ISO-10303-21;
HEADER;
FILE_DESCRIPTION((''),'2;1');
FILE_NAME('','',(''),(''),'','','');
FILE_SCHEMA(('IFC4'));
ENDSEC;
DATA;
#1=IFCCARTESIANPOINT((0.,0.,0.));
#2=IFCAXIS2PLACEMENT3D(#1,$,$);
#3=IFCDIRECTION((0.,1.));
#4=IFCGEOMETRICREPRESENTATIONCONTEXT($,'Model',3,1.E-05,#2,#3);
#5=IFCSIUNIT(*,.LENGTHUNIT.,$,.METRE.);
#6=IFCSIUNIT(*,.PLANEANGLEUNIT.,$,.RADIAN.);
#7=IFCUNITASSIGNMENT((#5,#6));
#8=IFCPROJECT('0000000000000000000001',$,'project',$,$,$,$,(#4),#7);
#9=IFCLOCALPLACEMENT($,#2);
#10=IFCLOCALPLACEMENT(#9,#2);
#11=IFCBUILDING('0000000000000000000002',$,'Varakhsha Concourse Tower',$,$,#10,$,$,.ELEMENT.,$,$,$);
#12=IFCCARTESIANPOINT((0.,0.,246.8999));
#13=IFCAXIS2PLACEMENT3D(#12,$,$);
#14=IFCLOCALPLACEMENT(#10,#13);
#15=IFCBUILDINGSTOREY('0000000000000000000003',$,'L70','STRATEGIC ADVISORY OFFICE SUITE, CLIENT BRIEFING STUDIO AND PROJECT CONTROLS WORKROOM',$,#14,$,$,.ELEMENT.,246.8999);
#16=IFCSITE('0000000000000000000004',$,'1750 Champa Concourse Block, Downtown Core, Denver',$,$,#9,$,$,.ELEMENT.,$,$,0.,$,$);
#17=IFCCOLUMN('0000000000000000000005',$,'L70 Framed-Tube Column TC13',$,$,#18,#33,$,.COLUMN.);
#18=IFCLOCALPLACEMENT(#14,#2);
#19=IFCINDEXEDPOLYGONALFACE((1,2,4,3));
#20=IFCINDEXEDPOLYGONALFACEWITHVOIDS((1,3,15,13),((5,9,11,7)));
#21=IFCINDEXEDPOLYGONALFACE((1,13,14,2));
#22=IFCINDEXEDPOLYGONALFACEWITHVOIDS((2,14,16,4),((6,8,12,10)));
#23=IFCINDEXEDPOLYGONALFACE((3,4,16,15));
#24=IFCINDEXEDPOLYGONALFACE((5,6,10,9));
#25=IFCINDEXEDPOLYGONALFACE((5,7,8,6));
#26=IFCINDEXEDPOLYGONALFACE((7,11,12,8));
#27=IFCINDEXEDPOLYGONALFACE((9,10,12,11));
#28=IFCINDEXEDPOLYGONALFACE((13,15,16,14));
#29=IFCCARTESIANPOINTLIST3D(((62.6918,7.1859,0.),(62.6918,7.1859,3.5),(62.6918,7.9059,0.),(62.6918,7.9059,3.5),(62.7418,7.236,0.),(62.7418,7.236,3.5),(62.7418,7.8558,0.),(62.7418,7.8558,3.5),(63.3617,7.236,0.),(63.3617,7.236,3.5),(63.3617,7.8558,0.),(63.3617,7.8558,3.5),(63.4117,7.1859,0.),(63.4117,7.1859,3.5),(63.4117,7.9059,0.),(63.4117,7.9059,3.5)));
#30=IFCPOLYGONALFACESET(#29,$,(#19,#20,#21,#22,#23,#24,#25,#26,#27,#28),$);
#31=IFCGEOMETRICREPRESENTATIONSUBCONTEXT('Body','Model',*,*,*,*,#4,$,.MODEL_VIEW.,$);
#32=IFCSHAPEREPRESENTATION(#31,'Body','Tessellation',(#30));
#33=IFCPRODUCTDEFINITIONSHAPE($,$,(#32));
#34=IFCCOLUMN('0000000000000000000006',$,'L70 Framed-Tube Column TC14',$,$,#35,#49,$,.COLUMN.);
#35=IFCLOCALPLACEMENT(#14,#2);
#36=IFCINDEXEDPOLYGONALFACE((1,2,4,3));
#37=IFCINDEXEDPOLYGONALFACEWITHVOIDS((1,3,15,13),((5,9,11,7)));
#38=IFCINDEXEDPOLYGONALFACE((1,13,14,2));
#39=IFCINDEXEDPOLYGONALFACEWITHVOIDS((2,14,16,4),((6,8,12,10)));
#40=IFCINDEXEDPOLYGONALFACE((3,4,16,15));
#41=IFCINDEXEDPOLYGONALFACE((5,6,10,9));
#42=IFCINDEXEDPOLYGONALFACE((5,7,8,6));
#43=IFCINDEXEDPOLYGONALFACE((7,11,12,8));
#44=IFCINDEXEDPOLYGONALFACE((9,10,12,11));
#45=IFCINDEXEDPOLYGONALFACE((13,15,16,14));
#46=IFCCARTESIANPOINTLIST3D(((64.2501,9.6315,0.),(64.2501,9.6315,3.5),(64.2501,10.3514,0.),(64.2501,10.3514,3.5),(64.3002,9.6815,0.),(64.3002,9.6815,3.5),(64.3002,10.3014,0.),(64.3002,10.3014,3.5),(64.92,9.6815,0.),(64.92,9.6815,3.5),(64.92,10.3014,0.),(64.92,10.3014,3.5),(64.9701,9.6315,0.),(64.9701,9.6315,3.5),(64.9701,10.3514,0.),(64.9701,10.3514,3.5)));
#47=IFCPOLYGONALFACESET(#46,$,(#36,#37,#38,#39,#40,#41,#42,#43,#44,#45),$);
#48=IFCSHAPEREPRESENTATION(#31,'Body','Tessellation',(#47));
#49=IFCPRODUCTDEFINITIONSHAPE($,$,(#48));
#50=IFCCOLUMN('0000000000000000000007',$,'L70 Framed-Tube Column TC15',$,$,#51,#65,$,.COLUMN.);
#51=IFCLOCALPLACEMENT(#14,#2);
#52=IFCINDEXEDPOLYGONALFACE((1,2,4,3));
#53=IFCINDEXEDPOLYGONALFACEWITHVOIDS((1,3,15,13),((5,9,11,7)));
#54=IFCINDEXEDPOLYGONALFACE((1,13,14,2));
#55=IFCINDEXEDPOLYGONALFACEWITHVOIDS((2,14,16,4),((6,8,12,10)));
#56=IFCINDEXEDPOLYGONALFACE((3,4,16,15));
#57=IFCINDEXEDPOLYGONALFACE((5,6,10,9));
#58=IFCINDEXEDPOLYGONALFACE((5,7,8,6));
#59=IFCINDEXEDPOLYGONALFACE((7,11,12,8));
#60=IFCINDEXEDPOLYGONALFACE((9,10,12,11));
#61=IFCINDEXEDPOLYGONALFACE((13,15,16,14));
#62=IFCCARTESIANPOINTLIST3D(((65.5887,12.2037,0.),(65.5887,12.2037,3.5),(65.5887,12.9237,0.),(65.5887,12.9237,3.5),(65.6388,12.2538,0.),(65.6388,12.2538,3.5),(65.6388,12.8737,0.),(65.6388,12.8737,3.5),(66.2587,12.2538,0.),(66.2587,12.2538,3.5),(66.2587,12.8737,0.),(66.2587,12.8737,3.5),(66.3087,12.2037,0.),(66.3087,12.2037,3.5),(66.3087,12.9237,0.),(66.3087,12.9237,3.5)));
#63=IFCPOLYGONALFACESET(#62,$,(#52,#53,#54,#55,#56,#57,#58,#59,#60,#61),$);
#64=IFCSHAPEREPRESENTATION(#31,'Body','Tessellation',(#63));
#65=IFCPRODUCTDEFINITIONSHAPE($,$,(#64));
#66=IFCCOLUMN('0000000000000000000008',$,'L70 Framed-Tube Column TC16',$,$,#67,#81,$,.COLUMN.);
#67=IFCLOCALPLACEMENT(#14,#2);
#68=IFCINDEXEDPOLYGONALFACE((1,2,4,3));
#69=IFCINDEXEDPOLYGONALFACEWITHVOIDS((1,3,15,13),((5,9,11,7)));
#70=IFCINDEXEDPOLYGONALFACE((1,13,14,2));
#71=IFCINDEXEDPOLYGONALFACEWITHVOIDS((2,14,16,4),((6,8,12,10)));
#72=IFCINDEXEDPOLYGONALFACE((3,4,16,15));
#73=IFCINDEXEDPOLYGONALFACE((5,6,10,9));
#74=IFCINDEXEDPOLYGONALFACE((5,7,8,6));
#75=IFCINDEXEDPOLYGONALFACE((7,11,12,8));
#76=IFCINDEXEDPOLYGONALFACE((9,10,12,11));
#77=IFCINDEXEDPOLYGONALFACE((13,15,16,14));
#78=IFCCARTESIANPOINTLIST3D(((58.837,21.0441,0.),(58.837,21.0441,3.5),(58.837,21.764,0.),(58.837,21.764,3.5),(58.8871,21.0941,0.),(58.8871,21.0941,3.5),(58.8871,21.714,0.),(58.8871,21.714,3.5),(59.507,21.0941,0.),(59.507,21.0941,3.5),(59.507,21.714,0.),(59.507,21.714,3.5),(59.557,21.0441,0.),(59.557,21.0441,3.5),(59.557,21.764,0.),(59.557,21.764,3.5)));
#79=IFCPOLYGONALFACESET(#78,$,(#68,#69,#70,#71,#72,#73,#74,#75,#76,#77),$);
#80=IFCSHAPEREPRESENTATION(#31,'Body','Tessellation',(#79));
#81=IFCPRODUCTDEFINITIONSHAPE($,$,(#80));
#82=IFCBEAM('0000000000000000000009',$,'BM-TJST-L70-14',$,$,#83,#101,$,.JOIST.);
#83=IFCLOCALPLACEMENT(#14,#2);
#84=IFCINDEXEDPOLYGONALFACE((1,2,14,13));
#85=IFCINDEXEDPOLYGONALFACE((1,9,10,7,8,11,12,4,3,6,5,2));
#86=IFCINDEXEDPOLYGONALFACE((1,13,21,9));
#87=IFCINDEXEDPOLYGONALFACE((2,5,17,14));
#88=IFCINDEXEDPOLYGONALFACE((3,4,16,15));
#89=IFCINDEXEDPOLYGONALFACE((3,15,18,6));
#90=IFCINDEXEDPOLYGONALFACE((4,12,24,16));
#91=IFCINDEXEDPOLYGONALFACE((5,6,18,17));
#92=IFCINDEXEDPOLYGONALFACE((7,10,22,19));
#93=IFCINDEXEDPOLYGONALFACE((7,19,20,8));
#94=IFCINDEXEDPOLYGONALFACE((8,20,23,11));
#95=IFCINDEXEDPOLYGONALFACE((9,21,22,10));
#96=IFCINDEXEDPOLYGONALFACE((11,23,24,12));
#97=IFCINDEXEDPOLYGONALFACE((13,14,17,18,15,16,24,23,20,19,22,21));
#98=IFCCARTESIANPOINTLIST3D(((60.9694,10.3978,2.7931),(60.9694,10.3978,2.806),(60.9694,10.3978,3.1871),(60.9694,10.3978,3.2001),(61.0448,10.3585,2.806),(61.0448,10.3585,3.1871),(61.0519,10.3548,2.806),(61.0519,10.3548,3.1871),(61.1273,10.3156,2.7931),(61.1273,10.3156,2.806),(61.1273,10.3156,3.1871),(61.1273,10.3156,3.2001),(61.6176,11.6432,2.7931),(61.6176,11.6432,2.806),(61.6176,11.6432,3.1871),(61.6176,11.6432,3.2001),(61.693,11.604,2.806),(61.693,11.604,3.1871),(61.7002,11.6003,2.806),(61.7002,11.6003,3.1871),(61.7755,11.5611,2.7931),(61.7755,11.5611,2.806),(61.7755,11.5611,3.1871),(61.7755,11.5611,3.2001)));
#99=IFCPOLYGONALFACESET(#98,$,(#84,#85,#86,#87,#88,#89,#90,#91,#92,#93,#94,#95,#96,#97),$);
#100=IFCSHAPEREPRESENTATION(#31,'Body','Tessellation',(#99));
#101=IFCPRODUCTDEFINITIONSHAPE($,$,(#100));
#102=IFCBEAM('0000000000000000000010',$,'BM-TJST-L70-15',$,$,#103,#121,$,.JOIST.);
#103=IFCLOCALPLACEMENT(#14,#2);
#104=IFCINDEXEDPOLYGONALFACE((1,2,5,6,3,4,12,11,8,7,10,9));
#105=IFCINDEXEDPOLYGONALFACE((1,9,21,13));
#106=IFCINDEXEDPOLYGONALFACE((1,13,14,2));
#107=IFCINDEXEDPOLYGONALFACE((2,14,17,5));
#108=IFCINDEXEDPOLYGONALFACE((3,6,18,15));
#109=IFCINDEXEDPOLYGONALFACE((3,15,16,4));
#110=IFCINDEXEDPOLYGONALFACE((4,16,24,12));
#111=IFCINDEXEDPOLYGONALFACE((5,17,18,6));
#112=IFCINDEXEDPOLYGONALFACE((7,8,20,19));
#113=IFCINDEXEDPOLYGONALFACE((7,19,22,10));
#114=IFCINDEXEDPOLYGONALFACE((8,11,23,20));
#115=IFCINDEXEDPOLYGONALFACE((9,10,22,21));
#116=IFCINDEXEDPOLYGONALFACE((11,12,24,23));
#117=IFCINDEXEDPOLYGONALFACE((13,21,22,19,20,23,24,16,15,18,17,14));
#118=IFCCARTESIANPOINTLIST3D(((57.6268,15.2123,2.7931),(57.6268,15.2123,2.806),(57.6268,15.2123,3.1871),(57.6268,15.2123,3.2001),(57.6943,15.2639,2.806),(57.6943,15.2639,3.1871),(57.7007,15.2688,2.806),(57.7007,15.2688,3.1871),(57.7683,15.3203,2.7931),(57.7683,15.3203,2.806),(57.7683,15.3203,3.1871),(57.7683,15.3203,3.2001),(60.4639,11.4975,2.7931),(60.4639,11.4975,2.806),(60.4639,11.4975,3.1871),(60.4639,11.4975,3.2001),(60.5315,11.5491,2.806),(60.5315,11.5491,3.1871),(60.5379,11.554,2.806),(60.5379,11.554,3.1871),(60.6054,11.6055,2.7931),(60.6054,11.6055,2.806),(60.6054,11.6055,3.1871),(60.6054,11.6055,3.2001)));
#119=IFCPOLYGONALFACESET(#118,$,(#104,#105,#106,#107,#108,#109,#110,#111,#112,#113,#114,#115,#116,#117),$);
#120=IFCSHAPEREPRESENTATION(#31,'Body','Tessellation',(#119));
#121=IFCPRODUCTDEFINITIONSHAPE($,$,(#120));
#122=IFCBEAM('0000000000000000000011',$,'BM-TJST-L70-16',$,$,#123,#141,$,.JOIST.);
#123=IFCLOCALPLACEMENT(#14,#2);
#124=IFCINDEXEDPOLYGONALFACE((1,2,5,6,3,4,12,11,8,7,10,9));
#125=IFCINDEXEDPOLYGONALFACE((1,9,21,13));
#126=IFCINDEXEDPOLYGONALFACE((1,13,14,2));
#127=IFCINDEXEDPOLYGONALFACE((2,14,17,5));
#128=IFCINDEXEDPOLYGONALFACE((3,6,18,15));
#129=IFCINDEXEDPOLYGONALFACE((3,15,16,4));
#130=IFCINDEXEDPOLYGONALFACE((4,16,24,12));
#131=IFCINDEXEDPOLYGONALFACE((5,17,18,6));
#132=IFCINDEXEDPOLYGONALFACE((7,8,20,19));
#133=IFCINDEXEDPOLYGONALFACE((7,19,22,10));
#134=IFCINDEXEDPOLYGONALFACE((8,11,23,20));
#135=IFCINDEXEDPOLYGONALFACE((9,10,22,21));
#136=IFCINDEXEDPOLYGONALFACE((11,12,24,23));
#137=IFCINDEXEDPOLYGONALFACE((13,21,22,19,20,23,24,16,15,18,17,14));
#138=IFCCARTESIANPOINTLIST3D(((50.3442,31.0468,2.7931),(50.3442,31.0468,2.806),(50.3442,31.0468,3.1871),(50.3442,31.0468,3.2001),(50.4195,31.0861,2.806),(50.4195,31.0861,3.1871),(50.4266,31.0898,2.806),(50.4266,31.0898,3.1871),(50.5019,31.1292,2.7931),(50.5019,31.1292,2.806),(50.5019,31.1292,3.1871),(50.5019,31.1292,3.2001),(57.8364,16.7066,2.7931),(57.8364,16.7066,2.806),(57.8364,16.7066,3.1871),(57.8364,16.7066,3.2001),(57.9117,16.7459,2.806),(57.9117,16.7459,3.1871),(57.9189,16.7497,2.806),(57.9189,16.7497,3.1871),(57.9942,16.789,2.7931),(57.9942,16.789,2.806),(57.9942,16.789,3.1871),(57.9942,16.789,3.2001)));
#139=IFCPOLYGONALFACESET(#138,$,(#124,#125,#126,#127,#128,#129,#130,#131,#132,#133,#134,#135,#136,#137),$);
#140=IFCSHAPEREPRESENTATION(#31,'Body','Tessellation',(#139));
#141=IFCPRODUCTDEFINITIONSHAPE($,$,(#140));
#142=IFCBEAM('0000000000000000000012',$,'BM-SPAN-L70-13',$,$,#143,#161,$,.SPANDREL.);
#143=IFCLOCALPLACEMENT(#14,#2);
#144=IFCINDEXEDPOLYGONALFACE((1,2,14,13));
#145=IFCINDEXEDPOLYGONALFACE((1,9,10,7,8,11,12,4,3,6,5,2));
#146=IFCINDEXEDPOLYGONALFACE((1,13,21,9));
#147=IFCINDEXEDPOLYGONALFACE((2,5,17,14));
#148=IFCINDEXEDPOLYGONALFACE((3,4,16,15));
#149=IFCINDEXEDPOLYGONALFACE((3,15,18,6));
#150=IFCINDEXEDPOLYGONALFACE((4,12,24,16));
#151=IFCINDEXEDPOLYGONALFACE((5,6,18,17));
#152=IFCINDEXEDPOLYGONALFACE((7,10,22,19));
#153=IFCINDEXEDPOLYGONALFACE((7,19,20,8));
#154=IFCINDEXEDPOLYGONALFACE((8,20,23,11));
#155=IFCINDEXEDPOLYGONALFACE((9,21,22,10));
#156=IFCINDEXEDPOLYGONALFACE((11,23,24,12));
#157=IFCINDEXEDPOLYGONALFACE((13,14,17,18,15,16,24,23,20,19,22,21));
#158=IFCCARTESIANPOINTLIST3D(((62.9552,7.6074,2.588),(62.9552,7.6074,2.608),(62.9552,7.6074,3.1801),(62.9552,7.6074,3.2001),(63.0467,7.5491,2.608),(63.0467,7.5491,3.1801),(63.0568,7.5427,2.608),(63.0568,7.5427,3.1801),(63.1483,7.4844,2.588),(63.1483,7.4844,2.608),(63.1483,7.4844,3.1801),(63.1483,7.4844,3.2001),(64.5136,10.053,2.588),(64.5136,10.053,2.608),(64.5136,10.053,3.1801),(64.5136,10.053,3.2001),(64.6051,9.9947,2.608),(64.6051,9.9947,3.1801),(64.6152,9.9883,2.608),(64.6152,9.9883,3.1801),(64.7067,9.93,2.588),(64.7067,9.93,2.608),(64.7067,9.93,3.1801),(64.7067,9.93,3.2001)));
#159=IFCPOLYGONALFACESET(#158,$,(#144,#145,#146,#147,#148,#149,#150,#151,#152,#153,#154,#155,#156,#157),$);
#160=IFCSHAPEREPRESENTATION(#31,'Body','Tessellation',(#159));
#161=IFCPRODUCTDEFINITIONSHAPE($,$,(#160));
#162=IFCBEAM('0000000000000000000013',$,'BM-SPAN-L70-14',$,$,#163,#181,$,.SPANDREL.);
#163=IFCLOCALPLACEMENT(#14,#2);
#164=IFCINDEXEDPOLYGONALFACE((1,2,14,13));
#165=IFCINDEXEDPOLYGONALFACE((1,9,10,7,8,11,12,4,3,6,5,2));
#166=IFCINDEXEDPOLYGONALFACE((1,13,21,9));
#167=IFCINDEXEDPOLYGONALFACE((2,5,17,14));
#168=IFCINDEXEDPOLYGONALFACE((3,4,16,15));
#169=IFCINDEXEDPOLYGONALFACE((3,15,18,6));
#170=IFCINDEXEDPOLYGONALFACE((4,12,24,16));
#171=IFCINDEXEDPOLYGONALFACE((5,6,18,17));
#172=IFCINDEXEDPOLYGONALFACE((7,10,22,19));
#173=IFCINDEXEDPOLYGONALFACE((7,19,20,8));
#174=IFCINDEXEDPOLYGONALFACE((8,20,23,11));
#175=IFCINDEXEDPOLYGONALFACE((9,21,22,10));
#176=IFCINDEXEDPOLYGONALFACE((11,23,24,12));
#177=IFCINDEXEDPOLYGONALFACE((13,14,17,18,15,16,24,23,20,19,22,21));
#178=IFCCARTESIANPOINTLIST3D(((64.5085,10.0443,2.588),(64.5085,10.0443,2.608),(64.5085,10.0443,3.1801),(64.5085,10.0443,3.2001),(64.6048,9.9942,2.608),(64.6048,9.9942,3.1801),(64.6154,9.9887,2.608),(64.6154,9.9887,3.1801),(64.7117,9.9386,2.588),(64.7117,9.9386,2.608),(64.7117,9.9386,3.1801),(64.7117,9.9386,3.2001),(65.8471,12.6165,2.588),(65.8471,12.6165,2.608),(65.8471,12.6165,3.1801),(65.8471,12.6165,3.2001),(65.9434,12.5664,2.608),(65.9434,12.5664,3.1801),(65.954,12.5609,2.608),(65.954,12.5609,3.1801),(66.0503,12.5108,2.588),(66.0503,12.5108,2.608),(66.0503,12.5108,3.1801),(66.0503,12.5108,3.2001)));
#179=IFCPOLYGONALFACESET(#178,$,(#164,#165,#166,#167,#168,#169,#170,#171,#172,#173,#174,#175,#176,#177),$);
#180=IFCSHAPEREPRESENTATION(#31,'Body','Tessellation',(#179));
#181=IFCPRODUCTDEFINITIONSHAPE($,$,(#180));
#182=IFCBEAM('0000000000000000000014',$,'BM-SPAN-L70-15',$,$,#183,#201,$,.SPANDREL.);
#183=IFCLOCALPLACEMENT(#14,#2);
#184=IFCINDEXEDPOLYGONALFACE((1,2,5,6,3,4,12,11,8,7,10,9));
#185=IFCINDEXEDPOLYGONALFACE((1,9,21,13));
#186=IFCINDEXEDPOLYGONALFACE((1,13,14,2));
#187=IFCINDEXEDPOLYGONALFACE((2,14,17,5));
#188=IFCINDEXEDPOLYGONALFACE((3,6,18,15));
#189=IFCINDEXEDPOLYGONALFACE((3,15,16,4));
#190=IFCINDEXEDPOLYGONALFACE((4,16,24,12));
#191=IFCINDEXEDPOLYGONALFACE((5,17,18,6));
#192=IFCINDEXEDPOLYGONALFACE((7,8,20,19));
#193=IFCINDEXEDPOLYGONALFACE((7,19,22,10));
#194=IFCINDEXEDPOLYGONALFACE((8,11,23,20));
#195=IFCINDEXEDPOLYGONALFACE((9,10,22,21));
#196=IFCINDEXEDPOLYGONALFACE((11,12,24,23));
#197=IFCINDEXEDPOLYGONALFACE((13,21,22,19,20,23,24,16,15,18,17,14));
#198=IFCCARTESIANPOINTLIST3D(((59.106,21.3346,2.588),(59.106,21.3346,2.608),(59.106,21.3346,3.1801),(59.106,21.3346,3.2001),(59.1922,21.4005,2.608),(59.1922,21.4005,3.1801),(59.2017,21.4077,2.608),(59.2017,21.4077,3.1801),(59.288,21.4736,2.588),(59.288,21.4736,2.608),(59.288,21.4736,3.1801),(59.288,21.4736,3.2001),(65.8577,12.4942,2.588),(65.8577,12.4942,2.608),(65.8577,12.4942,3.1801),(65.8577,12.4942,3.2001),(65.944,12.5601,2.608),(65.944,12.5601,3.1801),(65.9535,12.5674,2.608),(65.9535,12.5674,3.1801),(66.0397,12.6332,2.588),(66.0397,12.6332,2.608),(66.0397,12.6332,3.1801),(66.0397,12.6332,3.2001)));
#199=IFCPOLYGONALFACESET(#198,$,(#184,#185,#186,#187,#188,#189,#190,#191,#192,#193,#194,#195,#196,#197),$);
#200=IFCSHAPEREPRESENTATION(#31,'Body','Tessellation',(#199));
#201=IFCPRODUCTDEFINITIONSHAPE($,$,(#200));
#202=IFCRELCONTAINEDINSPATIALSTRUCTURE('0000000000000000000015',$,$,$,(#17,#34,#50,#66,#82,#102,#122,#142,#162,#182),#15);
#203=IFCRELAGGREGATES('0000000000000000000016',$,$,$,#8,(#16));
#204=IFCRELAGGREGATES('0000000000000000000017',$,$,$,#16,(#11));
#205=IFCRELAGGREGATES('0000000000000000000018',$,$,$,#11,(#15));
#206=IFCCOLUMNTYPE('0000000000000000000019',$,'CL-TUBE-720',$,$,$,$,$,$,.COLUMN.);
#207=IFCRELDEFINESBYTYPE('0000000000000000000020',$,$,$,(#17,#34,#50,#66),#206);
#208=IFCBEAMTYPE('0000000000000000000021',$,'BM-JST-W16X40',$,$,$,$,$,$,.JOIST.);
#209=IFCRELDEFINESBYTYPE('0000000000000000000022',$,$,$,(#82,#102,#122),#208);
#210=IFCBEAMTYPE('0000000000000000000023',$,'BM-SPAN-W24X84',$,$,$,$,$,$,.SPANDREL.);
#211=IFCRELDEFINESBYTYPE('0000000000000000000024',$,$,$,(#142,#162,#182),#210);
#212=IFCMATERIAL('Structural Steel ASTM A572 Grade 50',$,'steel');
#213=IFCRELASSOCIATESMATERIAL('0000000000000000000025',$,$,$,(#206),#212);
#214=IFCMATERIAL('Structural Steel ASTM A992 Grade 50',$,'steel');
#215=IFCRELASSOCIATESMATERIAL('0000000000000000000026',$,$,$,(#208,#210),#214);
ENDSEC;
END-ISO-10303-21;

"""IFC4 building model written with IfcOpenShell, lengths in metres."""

from ifc_helpers import new_model, si_unit, direction, frame, origin, origin_2d, place, context, subcontext, project, spatial, hollow_rectangle, i_section, extrude, material, material_profile, profile_set, type_object, element, save


model = new_model("IFC4")

# Units and contexts
model_context = context("Model", 3, precision=1e-05, world=origin(), true_north=direction((0.0, 1.0)))
body_context = subcontext(model_context, "Body", "Model", "MODEL_VIEW")
ifc_project = project(units=[si_unit("LENGTHUNIT", "METRE"), si_unit("PLANEANGLEUNIT", "RADIAN")], contexts=[model_context])

# Site, building, storey
site_placement = place(None, origin())
site = spatial("IfcSite", under=ifc_project, at=site_placement, Name="1750 Champa Concourse Block, Downtown Core, Denver", CompositionType="ELEMENT", RefElevation=0.0)
building_placement = place(site_placement, origin())
building = spatial("IfcBuilding", under=site, at=building_placement, Name="Varakhsha Concourse Tower", CompositionType="ELEMENT")
storey_placement = place(building_placement, frame((0.0, 0.0, 246.8999)))
storey = spatial("IfcBuildingStorey", under=building, at=storey_placement, Name="L70", Description="STRATEGIC ADVISORY OFFICE SUITE, CLIENT BRIEFING STUDIO AND PROJECT CONTROLS WORKROOM", CompositionType="ELEMENT", Elevation=246.8999)

# Columns
ifc_material_1 = material(Name="Structural Steel ASTM A572 Grade 50", Category="steel")
ifc_material_profile_1 = material_profile(ifc_material_1, hollow_rectangle(XDim=0.72, YDim=0.72, WallThickness=0.05, at=origin_2d()), Name="BOX 720x720x50")
ifc_profile_set_1 = profile_set([ifc_material_profile_1], Name="Structural Steel ASTM A572 Grade 50")
column_type = type_object("IfcColumnType", Name="CL-TUBE-720", PredefinedType="COLUMN", material=ifc_profile_set_1)
for number, where, z_axis, x_axis, name in (
    (1, (63.0518, 7.5459, 0.0), (0.0, 0.0, 1.0), (1.0, 0.0, 0.0), "L70 Framed-Tube Column TC13"),
    (2, (64.6101, 9.9915, 0.0), (0.0, 0.0, 1.0), (1.0, 0.0, 0.0), "L70 Framed-Tube Column TC14"),
    (3, (65.9487, 12.5637, 0.0), (0.0, 0.0, 1.0), (1.0, 0.0, 0.0), "L70 Framed-Tube Column TC15"),
    (4, (59.197, 21.4041, 0.0), (0.0, 0.0, 1.0), (1.0, 0.0, 0.0), "L70 Framed-Tube Column TC16"),
):
    element("IfcColumn", number, at=place(storey_placement, frame(where, z_axis=z_axis, x_axis=x_axis)), inside=storey, type_object=column_type, Name=name, PredefinedType="COLUMN", context=body_context, shape_type="SweptSolid", body=[
        extrude(hollow_rectangle(XDim=0.72, YDim=0.72, WallThickness=0.05, at=origin_2d()), origin(), (0.0, 0.0, 1.0), 3.5),
    ])

# Beams
ifc_material_2 = material(Name="Structural Steel ASTM A992 Grade 50", Category="steel")
ifc_material_profile_2 = material_profile(ifc_material_2, i_section(OverallWidth=0.178, OverallDepth=0.407, WebThickness=0.0081, FlangeThickness=0.0129, at=origin_2d()), Name="W16X40")
ifc_profile_set_2 = profile_set([ifc_material_profile_2], Name="Structural Steel ASTM A992 Grade 50")
beam_type_1 = type_object("IfcBeamType", Name="BM-JST-W16X40", PredefinedType="JOIST", material=ifc_profile_set_2)
beam_1_placement = place(storey_placement, frame((61.0483, 10.3567, 2.9966), z_axis=(0.461692, 0.88704, 0.0), x_axis=(-0.88704, 0.461692, 0.0)))
element("IfcBeam", 5, at=beam_1_placement, inside=storey, type_object=beam_type_1, Name="BM-TJST-L70-14", PredefinedType="JOIST", context=body_context, shape_type="SweptSolid", body=[
    extrude(i_section(OverallWidth=0.178, OverallDepth=0.407, WebThickness=0.0081, FlangeThickness=0.0129, at=origin_2d()), origin(), (0.0, 0.0, 1.0), 1.4041),
])
beam_2_placement = place(storey_placement, frame((60.5347, 11.5515, 2.9966), z_axis=(-0.606963, 0.79473, 0.0), x_axis=(-0.79473, -0.606963, 0.0)))
element("IfcBeam", 6, at=beam_2_placement, inside=storey, type_object=beam_type_1, Name="BM-TJST-L70-15", PredefinedType="JOIST", context=body_context, shape_type="SweptSolid", body=[
    extrude(i_section(OverallWidth=0.178, OverallDepth=0.407, WebThickness=0.0081, FlangeThickness=0.0129, at=origin_2d()), origin(), (0.0, 0.0, 1.0), 4.6743),
])
beam_3_placement = place(storey_placement, frame((57.9153, 16.7478, 2.9966), z_axis=(-0.463071, 0.886321, 0.0), x_axis=(-0.886321, -0.463071, 0.0)))
element("IfcBeam", 7, at=beam_3_placement, inside=storey, type_object=beam_type_1, Name="BM-TJST-L70-16", PredefinedType="JOIST", context=body_context, shape_type="SweptSolid", body=[
    extrude(i_section(OverallWidth=0.178, OverallDepth=0.407, WebThickness=0.0081, FlangeThickness=0.0129, at=origin_2d()), origin(), (0.0, 0.0, 1.0), 16.1794),
])
ifc_material_profile_3 = material_profile(ifc_material_2, i_section(OverallWidth=0.229, OverallDepth=0.6121, WebThickness=0.012, FlangeThickness=0.02, at=origin_2d()), Name="W24X84")
ifc_profile_set_3 = profile_set([ifc_material_profile_3], Name="Structural Steel ASTM A992 Grade 50")
beam_type_2 = type_object("IfcBeamType", Name="BM-SPAN-W24X84", PredefinedType="SPANDREL", material=ifc_profile_set_3)
beam_4_placement = place(storey_placement, frame((63.0518, 7.5459, 2.894), z_axis=(0.537387, 0.843335, 0.0), x_axis=(-0.843335, 0.537387, 0.0)))
element("IfcBeam", 8, at=beam_4_placement, inside=storey, type_object=beam_type_2, Name="BM-SPAN-L70-13", PredefinedType="SPANDREL", context=body_context, shape_type="SweptSolid", body=[
    extrude(i_section(OverallWidth=0.229, OverallDepth=0.6121, WebThickness=0.012, FlangeThickness=0.02, at=origin_2d()), origin(), (0.0, 0.0, 1.0), 2.8999),
])
beam_5_placement = place(storey_placement, frame((64.6101, 9.9915, 2.894), z_axis=(0.461636, 0.887069, 0.0), x_axis=(-0.887069, 0.461636, 0.0)))
element("IfcBeam", 9, at=beam_5_placement, inside=storey, type_object=beam_type_2, Name="BM-SPAN-L70-14", PredefinedType="SPANDREL", context=body_context, shape_type="SweptSolid", body=[
    extrude(i_section(OverallWidth=0.229, OverallDepth=0.6121, WebThickness=0.012, FlangeThickness=0.02, at=origin_2d()), origin(), (0.0, 0.0, 1.0), 2.8997),
])
beam_6_placement = place(storey_placement, frame((65.9487, 12.5637, 2.894), z_axis=(-0.606965, 0.794728, 0.0), x_axis=(-0.794728, -0.606965, 0.0)))
element("IfcBeam", 10, at=beam_6_placement, inside=storey, type_object=beam_type_2, Name="BM-SPAN-L70-15", PredefinedType="SPANDREL", context=body_context, shape_type="SweptSolid", body=[
    extrude(i_section(OverallWidth=0.229, OverallDepth=0.6121, WebThickness=0.012, FlangeThickness=0.02, at=origin_2d()), origin(), (0.0, 0.0, 1.0), 11.1238),
])

save(model, "model.ifc")
